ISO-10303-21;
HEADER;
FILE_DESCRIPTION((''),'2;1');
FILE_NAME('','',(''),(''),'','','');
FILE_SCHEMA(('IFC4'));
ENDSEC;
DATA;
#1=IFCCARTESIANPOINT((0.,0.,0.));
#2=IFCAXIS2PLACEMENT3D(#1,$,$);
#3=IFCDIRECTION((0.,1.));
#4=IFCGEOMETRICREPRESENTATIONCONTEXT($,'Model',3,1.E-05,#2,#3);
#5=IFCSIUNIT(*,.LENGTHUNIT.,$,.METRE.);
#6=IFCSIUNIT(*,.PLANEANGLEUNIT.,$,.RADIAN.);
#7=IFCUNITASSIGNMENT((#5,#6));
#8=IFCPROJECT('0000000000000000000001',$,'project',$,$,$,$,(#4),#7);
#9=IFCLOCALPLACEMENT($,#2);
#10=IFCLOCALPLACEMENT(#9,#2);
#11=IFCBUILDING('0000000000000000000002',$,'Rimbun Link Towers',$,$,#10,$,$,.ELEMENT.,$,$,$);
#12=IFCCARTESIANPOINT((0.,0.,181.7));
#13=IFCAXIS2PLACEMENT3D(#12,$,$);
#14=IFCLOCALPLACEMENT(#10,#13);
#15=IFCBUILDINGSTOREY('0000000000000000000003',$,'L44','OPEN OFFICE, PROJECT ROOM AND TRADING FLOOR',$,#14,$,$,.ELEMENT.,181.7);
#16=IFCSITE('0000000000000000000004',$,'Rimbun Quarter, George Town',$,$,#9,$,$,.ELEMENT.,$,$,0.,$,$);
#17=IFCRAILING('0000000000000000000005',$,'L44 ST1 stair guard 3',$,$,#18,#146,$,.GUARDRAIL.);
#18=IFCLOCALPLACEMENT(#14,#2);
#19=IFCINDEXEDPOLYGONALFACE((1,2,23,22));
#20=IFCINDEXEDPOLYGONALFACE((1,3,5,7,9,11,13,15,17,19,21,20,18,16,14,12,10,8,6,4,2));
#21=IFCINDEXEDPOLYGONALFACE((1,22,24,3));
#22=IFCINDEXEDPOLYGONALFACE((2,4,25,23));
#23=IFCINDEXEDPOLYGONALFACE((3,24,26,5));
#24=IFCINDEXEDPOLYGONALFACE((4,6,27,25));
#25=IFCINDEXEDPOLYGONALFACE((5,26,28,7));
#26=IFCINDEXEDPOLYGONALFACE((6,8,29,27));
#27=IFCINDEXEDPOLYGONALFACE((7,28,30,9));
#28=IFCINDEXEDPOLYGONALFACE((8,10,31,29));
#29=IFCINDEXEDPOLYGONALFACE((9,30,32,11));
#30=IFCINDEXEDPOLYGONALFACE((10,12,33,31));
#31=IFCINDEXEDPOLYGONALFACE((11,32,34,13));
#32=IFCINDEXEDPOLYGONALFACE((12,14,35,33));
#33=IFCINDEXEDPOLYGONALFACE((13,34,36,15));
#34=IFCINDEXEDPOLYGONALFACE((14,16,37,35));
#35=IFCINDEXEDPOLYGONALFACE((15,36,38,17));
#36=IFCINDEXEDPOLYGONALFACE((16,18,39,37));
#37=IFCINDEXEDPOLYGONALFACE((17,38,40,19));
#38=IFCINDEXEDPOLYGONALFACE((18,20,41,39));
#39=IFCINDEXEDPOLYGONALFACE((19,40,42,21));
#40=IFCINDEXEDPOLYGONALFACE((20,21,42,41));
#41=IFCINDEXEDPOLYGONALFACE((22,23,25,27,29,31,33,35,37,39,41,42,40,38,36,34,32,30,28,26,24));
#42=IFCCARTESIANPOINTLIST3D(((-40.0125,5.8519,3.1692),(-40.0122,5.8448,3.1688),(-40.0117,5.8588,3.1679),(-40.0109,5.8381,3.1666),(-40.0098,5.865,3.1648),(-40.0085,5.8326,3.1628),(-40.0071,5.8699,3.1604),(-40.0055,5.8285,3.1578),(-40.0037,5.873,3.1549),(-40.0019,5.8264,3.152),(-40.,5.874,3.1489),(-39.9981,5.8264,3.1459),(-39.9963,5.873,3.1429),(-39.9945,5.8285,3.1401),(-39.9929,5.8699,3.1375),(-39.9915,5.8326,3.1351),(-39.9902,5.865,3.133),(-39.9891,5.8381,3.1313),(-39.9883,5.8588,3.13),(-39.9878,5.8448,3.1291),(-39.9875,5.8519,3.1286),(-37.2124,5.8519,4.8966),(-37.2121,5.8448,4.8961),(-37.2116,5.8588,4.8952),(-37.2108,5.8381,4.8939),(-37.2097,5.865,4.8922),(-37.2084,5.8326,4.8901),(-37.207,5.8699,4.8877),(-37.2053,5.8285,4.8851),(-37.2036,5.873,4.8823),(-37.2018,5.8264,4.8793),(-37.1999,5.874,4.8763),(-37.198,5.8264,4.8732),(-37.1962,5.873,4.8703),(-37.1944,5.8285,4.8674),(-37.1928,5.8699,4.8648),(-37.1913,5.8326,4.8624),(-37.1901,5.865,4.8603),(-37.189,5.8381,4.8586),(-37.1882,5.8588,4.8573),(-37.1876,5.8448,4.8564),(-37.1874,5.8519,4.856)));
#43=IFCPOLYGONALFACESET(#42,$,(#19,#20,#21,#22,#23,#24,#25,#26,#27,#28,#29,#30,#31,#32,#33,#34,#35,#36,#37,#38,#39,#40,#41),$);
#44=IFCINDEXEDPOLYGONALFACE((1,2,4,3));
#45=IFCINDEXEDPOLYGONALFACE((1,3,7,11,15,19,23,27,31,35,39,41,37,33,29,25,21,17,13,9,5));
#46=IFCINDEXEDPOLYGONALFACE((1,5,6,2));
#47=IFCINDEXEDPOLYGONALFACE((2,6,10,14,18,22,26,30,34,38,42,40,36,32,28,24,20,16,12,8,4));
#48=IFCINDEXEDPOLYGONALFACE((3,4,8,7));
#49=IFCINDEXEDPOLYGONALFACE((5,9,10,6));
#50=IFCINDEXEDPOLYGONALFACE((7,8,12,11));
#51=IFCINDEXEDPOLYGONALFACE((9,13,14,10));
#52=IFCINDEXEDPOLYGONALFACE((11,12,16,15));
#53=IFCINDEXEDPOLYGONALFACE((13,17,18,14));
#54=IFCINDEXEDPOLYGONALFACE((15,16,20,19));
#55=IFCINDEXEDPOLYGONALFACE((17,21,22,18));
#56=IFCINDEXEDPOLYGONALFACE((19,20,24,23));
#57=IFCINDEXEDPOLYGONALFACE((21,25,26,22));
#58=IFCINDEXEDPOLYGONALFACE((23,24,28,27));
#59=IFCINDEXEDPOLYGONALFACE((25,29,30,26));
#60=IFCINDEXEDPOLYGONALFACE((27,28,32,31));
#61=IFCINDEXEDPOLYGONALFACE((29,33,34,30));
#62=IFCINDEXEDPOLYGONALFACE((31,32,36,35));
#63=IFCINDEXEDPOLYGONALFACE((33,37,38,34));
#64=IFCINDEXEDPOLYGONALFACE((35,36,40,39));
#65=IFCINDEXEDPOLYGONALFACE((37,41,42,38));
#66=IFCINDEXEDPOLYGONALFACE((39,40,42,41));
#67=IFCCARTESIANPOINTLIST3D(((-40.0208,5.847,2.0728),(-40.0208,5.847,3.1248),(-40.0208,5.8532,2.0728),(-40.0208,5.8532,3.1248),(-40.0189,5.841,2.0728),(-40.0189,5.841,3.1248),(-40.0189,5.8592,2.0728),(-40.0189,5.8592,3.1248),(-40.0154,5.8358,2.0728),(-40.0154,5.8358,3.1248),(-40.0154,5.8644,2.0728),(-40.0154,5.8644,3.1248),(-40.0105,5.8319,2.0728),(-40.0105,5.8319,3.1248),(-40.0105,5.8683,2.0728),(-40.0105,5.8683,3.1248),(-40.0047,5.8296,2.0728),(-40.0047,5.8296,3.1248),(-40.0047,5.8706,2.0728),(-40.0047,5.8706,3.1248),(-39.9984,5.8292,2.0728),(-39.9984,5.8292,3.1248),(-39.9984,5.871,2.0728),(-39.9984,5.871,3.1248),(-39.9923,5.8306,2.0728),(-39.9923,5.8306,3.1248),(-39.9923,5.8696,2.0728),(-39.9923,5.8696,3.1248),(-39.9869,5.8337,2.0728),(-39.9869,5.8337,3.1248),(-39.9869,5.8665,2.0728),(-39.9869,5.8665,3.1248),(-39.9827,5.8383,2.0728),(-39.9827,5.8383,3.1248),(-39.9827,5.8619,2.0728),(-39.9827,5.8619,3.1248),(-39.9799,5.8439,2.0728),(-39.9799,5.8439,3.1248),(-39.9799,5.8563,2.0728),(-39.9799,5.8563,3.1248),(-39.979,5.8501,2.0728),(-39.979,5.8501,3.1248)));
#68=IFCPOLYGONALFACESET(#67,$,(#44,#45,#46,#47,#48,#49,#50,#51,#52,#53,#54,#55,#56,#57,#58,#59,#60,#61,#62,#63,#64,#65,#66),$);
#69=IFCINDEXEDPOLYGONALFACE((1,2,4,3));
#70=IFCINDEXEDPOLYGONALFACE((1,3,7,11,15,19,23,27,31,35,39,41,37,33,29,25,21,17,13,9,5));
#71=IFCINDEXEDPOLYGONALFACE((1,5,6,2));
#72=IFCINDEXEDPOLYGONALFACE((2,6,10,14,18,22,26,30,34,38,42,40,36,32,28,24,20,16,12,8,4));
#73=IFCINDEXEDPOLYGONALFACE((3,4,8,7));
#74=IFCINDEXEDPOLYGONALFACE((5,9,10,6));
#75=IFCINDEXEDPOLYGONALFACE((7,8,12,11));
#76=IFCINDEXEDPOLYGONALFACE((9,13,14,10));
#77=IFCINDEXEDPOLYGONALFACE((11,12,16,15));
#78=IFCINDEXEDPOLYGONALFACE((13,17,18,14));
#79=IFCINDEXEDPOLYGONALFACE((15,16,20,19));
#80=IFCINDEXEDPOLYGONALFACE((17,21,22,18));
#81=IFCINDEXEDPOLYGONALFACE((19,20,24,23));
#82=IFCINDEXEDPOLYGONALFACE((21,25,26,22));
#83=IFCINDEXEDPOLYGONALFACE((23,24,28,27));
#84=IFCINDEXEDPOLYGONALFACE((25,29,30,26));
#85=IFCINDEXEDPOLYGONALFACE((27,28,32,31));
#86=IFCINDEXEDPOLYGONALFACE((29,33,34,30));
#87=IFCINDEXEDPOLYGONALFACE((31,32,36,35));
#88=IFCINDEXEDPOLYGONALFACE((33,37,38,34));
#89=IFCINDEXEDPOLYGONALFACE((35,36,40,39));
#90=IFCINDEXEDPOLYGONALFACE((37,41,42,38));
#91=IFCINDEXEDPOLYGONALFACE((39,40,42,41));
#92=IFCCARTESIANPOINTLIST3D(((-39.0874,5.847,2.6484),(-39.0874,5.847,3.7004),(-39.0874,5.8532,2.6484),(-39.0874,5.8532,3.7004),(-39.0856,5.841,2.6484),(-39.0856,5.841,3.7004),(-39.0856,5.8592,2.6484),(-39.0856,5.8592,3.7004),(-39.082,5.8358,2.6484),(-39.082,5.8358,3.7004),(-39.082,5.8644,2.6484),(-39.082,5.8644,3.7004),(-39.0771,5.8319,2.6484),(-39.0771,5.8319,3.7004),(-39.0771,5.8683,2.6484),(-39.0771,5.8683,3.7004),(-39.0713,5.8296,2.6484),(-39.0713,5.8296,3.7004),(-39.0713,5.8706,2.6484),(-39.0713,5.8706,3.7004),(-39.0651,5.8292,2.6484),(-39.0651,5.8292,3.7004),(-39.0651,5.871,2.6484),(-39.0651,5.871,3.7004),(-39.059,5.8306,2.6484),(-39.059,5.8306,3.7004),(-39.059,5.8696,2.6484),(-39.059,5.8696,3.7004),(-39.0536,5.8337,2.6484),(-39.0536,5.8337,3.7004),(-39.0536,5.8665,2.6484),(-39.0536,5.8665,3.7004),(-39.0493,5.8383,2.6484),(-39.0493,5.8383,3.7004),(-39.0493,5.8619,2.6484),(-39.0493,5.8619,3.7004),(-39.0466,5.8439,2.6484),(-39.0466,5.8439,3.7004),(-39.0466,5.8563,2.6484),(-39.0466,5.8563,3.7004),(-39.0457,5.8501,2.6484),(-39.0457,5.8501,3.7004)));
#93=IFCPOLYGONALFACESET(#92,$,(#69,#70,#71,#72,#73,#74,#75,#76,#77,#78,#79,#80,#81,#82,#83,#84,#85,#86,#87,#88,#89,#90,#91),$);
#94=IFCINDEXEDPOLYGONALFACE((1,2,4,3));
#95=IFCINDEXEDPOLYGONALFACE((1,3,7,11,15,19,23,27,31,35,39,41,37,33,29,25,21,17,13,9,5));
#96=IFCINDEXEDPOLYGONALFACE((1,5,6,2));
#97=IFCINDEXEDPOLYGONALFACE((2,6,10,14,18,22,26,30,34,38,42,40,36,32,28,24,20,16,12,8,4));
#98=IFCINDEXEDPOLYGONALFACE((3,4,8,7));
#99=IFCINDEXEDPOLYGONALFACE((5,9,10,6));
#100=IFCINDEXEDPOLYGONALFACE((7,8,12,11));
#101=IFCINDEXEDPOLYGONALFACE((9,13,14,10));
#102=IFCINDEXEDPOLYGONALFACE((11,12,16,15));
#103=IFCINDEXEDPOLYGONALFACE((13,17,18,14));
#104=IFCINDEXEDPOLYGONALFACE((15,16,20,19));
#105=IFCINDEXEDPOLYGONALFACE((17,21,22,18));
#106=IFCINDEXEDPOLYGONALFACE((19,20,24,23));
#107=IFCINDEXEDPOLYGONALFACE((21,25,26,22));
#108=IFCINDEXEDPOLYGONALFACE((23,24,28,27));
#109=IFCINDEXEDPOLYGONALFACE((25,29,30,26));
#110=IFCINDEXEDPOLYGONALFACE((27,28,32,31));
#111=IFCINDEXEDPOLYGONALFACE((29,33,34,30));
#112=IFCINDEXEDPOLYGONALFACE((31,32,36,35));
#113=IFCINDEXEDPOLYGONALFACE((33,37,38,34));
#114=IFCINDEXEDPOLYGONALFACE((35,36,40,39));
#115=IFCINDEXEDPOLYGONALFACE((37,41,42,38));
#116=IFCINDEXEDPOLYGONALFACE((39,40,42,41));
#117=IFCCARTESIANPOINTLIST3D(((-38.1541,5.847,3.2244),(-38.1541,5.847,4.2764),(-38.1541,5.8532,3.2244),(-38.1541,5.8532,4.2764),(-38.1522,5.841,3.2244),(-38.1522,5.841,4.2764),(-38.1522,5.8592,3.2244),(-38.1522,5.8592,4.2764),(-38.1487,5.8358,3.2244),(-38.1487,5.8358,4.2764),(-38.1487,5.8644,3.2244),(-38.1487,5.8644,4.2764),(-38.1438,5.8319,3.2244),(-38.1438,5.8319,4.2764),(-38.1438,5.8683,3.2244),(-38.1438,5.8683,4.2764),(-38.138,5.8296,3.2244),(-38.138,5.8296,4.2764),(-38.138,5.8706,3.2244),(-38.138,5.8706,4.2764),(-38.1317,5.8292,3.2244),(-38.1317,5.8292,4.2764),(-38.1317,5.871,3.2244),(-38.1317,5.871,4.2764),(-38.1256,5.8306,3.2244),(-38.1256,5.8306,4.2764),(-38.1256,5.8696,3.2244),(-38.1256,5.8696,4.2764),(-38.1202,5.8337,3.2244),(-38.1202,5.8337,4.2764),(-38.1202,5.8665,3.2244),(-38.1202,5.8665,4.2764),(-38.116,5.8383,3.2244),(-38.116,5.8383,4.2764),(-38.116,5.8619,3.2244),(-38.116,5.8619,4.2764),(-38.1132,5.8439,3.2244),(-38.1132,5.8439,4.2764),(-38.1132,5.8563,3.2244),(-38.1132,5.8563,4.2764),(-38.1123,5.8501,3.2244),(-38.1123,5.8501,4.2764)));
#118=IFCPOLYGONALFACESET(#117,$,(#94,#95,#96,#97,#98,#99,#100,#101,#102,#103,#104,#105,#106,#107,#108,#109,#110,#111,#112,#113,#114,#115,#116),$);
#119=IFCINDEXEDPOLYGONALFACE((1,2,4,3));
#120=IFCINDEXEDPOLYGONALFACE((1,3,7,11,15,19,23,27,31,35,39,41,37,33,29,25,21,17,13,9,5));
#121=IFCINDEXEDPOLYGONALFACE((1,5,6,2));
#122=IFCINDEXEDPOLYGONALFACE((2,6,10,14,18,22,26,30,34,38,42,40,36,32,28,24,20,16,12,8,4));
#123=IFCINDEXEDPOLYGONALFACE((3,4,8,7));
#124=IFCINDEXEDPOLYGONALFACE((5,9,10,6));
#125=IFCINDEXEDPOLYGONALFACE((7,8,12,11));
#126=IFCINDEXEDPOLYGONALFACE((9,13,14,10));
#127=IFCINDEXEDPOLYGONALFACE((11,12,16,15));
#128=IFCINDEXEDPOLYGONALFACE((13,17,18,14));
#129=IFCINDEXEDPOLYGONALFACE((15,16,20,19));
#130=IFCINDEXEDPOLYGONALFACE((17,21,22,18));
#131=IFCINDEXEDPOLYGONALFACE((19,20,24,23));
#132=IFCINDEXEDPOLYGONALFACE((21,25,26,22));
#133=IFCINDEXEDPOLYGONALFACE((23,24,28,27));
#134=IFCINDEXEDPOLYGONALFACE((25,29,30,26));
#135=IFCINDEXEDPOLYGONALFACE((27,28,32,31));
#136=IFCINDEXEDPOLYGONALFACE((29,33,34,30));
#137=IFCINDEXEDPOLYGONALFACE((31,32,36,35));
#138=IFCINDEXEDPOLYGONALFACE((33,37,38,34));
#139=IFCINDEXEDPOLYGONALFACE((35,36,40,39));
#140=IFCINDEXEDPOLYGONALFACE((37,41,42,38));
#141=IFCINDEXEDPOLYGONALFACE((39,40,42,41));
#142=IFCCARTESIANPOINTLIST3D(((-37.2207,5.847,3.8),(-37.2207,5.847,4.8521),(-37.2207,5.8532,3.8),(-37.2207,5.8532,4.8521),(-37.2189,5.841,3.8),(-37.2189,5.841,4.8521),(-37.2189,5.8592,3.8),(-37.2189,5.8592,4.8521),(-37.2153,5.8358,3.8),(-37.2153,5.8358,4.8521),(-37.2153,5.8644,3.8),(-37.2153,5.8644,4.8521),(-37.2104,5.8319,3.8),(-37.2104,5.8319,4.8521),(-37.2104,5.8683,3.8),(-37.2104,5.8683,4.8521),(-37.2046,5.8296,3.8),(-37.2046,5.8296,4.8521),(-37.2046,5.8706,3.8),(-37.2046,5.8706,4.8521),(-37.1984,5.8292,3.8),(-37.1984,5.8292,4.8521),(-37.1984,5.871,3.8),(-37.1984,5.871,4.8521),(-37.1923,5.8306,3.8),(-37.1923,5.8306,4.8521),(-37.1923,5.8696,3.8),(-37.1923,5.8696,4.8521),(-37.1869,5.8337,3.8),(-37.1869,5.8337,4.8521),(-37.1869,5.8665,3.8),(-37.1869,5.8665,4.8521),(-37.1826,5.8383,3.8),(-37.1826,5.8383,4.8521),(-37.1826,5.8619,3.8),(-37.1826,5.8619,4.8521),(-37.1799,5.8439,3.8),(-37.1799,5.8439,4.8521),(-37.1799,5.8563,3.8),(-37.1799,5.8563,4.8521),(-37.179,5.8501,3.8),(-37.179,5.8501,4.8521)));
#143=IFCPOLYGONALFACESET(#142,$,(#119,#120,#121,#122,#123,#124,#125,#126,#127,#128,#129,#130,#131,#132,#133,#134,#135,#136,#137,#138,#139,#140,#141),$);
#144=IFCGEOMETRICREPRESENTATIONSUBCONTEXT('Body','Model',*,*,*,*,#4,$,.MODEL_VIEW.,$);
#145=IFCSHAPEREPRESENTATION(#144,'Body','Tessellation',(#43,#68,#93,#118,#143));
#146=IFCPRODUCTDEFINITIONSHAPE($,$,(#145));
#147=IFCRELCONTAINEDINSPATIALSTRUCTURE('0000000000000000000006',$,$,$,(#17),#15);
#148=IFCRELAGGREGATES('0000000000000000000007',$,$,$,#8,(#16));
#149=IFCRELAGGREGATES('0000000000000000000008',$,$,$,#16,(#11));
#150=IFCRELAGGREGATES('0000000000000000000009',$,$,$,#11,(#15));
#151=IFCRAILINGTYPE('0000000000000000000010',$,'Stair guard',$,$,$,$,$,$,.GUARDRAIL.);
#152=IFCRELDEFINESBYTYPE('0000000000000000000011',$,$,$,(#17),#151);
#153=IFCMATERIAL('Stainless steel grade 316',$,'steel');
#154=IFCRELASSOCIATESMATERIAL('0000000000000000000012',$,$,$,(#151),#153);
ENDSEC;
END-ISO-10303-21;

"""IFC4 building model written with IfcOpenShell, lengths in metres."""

from ifc_helpers import new_model, si_unit, direction, frame, origin, origin_2d, place, context, subcontext, project, spatial, circle, extrude, material, type_object, element, save


model = new_model("IFC4")

# Units and contexts
model_context = context("Model", 3, precision=1e-05, world=origin(), true_north=direction((0.0, 1.0)))
body_context = subcontext(model_context, "Body", "Model", "MODEL_VIEW")
ifc_project = project(units=[si_unit("LENGTHUNIT", "METRE"), si_unit("PLANEANGLEUNIT", "RADIAN")], contexts=[model_context])

# Site, building, storey
site_placement = place(None, origin())
site = spatial("IfcSite", under=ifc_project, at=site_placement, Name="Rimbun Quarter, George Town", CompositionType="ELEMENT", RefElevation=0.0)
building_placement = place(site_placement, origin())
building = spatial("IfcBuilding", under=site, at=building_placement, Name="Rimbun Link Towers", CompositionType="ELEMENT")
storey_placement = place(building_placement, frame((0.0, 0.0, 181.7)))
storey = spatial("IfcBuildingStorey", under=building, at=storey_placement, Name="L44", Description="OPEN OFFICE, PROJECT ROOM AND TRADING FLOOR", CompositionType="ELEMENT", Elevation=181.7)

# Railing
ifc_material_1 = material(Name="Stainless steel grade 316", Category="steel")
railing_type_1 = type_object("IfcRailingType", Name="Stair guard", PredefinedType="GUARDRAIL", material=ifc_material_1)
railing_1_placement = place(storey_placement, frame((-40.0, 5.8501, 2.0728)))
element("IfcRailing", 1, at=railing_1_placement, inside=storey, type_object=railing_type_1, Name="L44 ST1 stair guard 3", PredefinedType="GUARDRAIL", context=body_context, shape_type="SweptSolid", body=[
    extrude(circle(Radius=0.0239, at=origin_2d()), frame((0.0, 0.0, 1.0762), z_axis=(0.85109, 0.0, 0.52502), x_axis=(0.0, 1.0, 0.0)), (0.0, 0.0, 1.0), 3.29),
    extrude(circle(Radius=0.021, at=origin_2d()), origin(), (0.0, 0.0, 1.0), 1.052),
    extrude(circle(Radius=0.021, at=origin_2d()), frame((0.9333, 0.0, 0.5757)), (0.0, 0.0, 1.0), 1.052),
    extrude(circle(Radius=0.021, at=origin_2d()), frame((1.8667, 0.0, 1.1516)), (0.0, 0.0, 1.0), 1.052),
    extrude(circle(Radius=0.021, at=origin_2d()), frame((2.8, 0.0, 1.7273)), (0.0, 0.0, 1.0), 1.052),
])

save(model, "model.ifc")
